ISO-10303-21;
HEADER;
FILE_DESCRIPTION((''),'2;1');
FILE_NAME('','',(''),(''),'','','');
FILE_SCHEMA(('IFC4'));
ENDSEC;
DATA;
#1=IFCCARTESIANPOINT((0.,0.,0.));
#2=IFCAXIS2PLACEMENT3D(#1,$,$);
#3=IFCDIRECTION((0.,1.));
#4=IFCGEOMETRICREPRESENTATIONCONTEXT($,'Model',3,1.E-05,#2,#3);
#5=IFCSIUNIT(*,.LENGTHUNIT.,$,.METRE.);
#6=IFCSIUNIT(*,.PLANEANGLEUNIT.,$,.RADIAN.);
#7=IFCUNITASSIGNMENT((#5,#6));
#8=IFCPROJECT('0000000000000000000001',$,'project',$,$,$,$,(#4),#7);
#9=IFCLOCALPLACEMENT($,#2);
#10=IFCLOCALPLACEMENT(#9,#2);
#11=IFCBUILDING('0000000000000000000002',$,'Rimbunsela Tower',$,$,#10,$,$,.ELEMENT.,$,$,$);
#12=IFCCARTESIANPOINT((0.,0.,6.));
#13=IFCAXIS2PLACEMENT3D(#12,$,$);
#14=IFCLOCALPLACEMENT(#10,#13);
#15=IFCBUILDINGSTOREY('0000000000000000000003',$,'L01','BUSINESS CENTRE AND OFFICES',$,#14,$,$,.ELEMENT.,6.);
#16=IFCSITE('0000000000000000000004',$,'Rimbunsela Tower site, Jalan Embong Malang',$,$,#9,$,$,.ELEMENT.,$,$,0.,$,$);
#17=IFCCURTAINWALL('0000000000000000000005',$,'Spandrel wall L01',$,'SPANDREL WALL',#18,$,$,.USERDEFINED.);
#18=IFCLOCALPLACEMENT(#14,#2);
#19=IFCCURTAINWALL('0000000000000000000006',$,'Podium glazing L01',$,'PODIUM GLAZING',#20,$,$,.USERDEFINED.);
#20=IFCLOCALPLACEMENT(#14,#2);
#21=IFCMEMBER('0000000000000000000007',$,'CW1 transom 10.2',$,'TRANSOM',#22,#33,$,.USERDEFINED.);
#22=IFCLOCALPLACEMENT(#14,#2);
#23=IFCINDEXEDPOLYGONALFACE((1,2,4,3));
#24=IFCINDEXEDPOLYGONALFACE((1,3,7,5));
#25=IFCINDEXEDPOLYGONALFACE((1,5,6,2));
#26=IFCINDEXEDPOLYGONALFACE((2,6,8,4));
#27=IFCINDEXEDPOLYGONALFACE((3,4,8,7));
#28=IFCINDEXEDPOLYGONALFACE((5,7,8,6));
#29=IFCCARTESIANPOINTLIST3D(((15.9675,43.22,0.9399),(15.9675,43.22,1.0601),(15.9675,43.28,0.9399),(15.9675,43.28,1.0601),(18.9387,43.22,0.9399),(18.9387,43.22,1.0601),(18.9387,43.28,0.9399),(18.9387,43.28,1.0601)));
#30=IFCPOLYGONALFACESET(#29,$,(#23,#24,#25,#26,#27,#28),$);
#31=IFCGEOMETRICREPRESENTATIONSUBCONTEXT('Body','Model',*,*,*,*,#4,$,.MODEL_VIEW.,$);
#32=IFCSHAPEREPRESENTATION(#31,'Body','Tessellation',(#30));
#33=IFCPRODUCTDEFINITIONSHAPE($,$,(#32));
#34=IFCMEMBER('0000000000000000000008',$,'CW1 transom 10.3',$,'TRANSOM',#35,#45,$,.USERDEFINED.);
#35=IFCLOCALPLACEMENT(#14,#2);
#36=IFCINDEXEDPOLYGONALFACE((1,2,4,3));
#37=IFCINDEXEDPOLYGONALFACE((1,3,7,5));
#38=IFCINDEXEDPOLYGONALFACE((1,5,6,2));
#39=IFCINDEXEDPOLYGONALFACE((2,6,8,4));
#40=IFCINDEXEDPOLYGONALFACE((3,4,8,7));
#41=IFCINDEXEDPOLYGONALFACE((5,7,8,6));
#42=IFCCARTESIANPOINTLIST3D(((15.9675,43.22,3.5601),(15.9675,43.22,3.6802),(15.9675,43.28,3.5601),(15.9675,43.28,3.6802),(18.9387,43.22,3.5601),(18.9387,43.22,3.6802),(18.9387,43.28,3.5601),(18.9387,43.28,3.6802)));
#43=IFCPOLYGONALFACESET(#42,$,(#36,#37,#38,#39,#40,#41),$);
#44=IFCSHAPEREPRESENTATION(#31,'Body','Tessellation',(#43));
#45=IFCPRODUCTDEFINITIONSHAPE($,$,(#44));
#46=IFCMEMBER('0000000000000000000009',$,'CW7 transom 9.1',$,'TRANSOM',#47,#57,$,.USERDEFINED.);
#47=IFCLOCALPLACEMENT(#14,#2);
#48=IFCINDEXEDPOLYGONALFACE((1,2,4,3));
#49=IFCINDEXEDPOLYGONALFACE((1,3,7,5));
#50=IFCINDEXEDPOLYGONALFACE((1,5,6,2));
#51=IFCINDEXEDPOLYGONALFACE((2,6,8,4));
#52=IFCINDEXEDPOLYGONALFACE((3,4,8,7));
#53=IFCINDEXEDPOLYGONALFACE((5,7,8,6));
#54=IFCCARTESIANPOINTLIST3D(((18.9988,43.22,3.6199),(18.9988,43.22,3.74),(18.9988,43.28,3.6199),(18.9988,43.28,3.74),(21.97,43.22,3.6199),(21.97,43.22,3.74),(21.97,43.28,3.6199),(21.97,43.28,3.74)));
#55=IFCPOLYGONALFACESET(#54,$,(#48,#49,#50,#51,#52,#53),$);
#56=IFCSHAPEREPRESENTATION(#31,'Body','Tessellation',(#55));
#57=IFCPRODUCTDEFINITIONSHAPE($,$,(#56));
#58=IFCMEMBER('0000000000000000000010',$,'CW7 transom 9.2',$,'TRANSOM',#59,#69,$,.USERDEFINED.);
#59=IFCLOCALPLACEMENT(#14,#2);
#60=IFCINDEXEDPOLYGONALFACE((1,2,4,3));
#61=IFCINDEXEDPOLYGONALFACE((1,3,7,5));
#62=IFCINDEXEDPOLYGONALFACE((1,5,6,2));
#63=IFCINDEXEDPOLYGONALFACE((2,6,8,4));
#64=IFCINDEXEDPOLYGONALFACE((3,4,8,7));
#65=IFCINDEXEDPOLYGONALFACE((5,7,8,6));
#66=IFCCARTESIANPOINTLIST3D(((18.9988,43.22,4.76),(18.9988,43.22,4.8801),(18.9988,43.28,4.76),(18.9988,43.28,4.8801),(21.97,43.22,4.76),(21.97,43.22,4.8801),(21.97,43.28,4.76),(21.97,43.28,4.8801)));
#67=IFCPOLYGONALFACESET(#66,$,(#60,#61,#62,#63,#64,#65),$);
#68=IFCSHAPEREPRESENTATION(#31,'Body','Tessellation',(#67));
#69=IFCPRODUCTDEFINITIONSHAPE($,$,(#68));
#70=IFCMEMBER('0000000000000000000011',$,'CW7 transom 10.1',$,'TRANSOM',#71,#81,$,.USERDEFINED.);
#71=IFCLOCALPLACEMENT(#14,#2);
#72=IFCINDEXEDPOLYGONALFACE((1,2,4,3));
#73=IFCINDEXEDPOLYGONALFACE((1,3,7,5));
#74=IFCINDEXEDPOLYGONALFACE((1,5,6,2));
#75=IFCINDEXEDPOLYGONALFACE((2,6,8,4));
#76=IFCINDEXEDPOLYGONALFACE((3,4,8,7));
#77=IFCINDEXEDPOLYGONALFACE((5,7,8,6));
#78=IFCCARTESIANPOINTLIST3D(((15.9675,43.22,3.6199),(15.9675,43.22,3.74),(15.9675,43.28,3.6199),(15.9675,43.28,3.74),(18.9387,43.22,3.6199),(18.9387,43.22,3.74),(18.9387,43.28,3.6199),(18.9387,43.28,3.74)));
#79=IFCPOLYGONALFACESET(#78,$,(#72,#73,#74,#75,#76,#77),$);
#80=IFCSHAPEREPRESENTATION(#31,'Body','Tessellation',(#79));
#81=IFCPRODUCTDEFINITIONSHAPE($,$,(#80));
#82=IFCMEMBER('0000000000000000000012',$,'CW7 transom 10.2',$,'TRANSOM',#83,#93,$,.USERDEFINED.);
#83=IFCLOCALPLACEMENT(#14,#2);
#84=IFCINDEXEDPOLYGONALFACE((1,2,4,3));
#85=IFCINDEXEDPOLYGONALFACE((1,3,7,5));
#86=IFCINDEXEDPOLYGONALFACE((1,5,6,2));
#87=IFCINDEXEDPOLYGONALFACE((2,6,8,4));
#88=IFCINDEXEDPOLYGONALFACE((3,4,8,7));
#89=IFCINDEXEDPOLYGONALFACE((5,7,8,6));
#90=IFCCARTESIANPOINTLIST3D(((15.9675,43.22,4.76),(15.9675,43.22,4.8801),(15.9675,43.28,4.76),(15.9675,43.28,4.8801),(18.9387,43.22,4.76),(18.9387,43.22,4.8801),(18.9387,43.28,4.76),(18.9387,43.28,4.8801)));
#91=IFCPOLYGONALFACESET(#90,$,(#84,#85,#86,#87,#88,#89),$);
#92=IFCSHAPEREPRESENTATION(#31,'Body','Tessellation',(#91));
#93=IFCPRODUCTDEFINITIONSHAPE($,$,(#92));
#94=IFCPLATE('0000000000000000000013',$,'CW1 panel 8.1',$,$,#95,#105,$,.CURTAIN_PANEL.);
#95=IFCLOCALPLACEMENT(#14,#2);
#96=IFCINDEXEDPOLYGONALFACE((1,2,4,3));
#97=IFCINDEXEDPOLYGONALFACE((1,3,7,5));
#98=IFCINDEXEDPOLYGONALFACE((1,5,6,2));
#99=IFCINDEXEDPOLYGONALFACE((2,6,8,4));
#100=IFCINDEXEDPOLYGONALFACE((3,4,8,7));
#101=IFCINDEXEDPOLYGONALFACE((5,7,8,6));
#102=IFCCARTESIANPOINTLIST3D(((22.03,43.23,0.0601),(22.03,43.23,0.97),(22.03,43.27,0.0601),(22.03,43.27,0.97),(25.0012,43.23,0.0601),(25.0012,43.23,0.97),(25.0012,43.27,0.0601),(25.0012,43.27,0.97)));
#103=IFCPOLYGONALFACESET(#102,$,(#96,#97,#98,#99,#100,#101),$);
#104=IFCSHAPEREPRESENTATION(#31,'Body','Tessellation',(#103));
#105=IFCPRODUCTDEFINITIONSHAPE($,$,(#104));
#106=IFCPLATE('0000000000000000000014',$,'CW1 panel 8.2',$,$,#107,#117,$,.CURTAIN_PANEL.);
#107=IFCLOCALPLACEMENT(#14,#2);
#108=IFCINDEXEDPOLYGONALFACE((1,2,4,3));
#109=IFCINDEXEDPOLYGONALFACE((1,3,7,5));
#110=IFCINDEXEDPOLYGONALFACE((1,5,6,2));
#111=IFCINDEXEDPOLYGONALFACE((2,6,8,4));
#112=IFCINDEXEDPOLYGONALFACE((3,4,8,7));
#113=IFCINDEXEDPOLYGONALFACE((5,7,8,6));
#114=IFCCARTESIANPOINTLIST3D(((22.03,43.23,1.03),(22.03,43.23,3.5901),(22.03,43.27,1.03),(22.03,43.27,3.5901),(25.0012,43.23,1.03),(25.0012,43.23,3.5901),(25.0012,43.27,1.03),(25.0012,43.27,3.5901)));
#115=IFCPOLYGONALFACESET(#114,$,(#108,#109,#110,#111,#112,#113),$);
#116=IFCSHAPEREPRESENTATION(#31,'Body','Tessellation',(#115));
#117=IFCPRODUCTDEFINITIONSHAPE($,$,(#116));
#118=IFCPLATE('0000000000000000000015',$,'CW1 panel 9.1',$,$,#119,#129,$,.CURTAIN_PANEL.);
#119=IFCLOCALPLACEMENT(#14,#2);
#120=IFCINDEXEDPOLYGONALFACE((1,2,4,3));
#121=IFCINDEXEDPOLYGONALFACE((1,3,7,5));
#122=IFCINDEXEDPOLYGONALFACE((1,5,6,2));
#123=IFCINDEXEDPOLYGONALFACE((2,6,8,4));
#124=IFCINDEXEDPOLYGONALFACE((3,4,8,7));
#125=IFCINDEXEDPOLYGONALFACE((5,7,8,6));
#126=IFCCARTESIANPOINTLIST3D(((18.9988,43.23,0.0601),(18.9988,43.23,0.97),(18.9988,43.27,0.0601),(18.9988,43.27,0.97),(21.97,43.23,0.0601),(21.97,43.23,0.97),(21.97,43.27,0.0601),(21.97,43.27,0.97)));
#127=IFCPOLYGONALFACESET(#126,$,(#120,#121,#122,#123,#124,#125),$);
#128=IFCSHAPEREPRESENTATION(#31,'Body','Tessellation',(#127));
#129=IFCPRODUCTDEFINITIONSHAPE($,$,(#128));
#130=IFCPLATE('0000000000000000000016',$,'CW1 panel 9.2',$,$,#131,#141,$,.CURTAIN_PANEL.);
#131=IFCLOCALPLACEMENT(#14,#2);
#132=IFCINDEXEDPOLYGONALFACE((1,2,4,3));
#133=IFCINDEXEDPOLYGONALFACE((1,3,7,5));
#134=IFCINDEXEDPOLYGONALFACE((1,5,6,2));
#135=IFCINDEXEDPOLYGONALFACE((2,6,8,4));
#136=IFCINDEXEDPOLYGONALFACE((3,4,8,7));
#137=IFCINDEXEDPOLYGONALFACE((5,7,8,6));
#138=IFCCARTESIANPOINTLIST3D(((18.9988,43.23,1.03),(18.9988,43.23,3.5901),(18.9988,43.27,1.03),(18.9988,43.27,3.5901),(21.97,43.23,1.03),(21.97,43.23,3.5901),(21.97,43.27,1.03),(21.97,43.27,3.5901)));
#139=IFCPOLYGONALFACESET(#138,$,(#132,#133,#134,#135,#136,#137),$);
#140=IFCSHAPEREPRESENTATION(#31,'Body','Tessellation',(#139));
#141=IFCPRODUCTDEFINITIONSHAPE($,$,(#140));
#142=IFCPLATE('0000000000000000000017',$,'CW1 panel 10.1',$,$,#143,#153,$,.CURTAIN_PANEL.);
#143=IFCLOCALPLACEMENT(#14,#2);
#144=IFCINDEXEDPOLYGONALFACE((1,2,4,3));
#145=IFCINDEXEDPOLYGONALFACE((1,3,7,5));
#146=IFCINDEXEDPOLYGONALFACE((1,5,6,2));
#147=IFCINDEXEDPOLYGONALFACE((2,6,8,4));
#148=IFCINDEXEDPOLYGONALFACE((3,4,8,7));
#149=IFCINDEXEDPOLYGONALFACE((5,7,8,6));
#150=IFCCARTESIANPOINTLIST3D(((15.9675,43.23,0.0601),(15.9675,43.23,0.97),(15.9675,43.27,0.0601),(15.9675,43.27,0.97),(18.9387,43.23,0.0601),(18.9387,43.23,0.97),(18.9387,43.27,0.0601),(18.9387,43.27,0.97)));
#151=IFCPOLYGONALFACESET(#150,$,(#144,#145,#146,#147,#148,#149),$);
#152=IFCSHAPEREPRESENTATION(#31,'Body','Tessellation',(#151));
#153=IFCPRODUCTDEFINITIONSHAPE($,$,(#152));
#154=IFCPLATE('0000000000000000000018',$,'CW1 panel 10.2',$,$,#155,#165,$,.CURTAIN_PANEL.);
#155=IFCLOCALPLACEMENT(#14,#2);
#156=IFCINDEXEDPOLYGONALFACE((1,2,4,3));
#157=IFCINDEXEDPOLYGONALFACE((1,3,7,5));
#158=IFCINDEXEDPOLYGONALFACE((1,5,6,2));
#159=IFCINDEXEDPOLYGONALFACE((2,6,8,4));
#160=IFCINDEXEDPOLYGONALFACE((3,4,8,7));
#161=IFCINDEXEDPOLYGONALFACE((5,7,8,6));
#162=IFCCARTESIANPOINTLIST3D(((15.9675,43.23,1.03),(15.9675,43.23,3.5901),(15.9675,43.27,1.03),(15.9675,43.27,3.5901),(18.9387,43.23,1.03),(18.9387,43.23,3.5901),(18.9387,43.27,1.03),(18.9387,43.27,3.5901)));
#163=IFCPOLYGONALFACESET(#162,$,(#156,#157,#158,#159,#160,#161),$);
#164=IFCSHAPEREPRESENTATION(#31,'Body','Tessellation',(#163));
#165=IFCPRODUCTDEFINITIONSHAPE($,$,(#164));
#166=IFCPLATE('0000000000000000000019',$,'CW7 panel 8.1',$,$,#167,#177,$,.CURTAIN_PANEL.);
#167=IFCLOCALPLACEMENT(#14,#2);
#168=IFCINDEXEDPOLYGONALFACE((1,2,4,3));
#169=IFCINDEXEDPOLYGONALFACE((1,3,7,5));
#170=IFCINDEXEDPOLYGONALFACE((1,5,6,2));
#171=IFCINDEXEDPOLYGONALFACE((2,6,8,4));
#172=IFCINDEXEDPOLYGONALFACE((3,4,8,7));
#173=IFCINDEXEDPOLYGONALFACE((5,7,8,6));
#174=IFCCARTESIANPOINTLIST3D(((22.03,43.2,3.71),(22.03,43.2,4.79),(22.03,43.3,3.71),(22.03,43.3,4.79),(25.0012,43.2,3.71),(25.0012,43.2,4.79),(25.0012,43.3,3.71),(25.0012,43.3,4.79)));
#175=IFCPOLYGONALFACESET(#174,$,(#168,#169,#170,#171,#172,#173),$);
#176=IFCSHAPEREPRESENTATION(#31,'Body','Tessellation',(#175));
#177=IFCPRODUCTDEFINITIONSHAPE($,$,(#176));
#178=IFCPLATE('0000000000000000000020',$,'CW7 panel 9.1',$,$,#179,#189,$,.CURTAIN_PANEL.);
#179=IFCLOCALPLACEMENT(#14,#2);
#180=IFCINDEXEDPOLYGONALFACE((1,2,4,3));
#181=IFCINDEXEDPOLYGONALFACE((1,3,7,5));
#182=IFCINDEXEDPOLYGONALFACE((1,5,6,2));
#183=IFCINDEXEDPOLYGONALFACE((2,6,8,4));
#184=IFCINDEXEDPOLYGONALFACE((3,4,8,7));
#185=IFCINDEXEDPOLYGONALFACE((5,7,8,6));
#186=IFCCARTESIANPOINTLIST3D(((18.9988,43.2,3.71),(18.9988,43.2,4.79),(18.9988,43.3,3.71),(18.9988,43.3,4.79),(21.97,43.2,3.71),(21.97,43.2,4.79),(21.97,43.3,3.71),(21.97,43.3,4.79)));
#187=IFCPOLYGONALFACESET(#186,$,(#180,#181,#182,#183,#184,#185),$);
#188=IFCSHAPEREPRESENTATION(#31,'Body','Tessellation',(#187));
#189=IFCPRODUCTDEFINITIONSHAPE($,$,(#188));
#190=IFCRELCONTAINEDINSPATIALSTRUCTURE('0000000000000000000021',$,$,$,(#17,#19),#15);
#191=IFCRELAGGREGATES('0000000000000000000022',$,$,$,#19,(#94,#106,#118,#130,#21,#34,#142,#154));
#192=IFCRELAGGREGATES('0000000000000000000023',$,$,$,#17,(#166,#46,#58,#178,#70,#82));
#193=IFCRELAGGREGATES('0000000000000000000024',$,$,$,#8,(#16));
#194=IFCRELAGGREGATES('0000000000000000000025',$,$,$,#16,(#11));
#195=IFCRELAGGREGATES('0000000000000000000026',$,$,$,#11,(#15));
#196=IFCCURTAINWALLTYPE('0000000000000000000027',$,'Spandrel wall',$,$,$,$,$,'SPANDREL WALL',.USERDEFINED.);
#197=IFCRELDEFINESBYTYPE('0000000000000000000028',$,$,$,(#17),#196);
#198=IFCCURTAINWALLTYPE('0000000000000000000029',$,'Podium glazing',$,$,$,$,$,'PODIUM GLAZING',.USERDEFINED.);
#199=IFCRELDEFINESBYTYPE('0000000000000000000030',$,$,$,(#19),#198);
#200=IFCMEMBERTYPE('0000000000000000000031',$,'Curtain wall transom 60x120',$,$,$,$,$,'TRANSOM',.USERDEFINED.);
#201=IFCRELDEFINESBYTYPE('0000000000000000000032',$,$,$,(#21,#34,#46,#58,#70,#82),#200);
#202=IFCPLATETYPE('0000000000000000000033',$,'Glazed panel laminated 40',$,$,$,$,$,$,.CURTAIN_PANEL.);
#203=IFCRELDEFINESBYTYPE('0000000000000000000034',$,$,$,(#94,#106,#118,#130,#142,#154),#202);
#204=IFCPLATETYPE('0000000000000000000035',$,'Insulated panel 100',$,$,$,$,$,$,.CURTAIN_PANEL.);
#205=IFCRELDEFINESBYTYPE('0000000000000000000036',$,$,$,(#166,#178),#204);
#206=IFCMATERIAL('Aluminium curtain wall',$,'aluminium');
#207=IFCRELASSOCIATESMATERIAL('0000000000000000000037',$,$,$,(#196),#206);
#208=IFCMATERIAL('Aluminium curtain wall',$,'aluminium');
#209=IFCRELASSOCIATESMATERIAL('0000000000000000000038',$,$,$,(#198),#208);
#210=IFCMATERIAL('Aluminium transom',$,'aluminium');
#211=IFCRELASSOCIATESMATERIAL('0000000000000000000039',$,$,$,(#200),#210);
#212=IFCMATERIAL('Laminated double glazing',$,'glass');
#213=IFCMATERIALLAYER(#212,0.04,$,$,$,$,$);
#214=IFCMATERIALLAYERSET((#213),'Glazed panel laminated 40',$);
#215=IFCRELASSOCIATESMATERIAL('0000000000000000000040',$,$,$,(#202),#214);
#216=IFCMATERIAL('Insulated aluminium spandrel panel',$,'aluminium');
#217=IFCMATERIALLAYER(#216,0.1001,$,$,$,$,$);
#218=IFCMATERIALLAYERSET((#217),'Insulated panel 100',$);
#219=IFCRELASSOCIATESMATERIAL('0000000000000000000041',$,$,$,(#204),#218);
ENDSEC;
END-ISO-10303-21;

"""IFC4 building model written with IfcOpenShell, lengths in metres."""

from ifc_helpers import new_model, si_unit, direction, frame, origin, origin_2d, place, context, subcontext, project, spatial, rectangle, extrude, material, layer, layer_set, material_profile, profile_set, type_object, element, aggregate, save


model = new_model("IFC4")

# Units and contexts
model_context = context("Model", 3, precision=1e-05, world=origin(), true_north=direction((0.0, 1.0)))
body_context = subcontext(model_context, "Body", "Model", "MODEL_VIEW")
ifc_project = project(units=[si_unit("LENGTHUNIT", "METRE"), si_unit("PLANEANGLEUNIT", "RADIAN")], contexts=[model_context])

# Site, building, storey
site_placement = place(None, origin())
site = spatial("IfcSite", under=ifc_project, at=site_placement, Name="Rimbunsela Tower site, Jalan Embong Malang", CompositionType="ELEMENT", RefElevation=0.0)
building_placement = place(site_placement, origin())
building = spatial("IfcBuilding", under=site, at=building_placement, Name="Rimbunsela Tower", CompositionType="ELEMENT")
storey_placement = place(building_placement, frame((0.0, 0.0, 6.0)))
storey = spatial("IfcBuildingStorey", under=building, at=storey_placement, Name="L01", Description="BUSINESS CENTRE AND OFFICES", CompositionType="ELEMENT", Elevation=6.0)

# Curtain walls, members
ifc_material_1 = material(Name="Aluminium curtain wall", Category="aluminium")
curtain_wall_type_1 = type_object("IfcCurtainWallType", Name="Spandrel wall", ElementType="SPANDREL WALL", PredefinedType="USERDEFINED", material=ifc_material_1)
curtain_wall_1_placement = place(storey_placement, origin())
curtain_wall_1 = element("IfcCurtainWall", 1, at=curtain_wall_1_placement, inside=storey, type_object=curtain_wall_type_1, Name="Spandrel wall L01", ObjectType="SPANDREL WALL", PredefinedType="USERDEFINED")
ifc_material_2 = material(Name="Aluminium curtain wall", Category="aluminium")
curtain_wall_type_2 = type_object("IfcCurtainWallType", Name="Podium glazing", ElementType="PODIUM GLAZING", PredefinedType="USERDEFINED", material=ifc_material_2)
curtain_wall_2_placement = place(storey_placement, origin())
curtain_wall_2 = element("IfcCurtainWall", 2, at=curtain_wall_2_placement, inside=storey, type_object=curtain_wall_type_2, Name="Podium glazing L01", ObjectType="PODIUM GLAZING", PredefinedType="USERDEFINED")
ifc_material_3 = material(Name="Aluminium transom", Category="aluminium")
ifc_material_profile_1 = material_profile(ifc_material_3, rectangle(XDim=0.0601, YDim=0.1201, at=origin_2d()), Name="Transom 60x120")
ifc_profile_set_1 = profile_set([ifc_material_profile_1], Name="Aluminium transom")
member_type_1 = type_object("IfcMemberType", Name="Curtain wall transom 60x120", ElementType="TRANSOM", PredefinedType="USERDEFINED", material=ifc_profile_set_1)
member_1_placement = place(storey_placement, frame((18.9387, 43.25, 1.0), z_axis=(-1.0, 0.0, 0.0), x_axis=(0.0, -1.0, 0.0)))
member_1 = element("IfcMember", 3, at=member_1_placement, type_object=member_type_1, Name="CW1 transom 10.2", ObjectType="TRANSOM", PredefinedType="USERDEFINED", context=body_context, shape_type="SweptSolid", body=[
    extrude(rectangle(XDim=0.0601, YDim=0.1201, at=origin_2d()), origin(), (0.0, 0.0, 1.0), 2.9712),
])
member_2_placement = place(storey_placement, frame((18.9387, 43.25, 3.6201), z_axis=(-1.0, 0.0, 0.0), x_axis=(0.0, -1.0, 0.0)))
member_2 = element("IfcMember", 4, at=member_2_placement, type_object=member_type_1, Name="CW1 transom 10.3", ObjectType="TRANSOM", PredefinedType="USERDEFINED", context=body_context, shape_type="SweptSolid", body=[
    extrude(rectangle(XDim=0.0601, YDim=0.1201, at=origin_2d()), origin(), (0.0, 0.0, 1.0), 2.9712),
])

# Members
member_3_placement = place(storey_placement, frame((21.97, 43.25, 3.6799), z_axis=(-1.0, 0.0, 0.0), x_axis=(0.0, -1.0, 0.0)))
member_3 = element("IfcMember", 5, at=member_3_placement, type_object=member_type_1, Name="CW7 transom 9.1", ObjectType="TRANSOM", PredefinedType="USERDEFINED", context=body_context, shape_type="SweptSolid", body=[
    extrude(rectangle(XDim=0.0601, YDim=0.1201, at=origin_2d()), origin(), (0.0, 0.0, 1.0), 2.9712),
])
member_4_placement = place(storey_placement, frame((21.97, 43.25, 4.8201), z_axis=(-1.0, 0.0, 0.0), x_axis=(0.0, -1.0, 0.0)))
member_4 = element("IfcMember", 6, at=member_4_placement, type_object=member_type_1, Name="CW7 transom 9.2", ObjectType="TRANSOM", PredefinedType="USERDEFINED", context=body_context, shape_type="SweptSolid", body=[
    extrude(rectangle(XDim=0.0601, YDim=0.1201, at=origin_2d()), origin(), (0.0, 0.0, 1.0), 2.9712),
])
member_5_placement = place(storey_placement, frame((18.9387, 43.25, 3.6799), z_axis=(-1.0, 0.0, 0.0), x_axis=(0.0, -1.0, 0.0)))
member_5 = element("IfcMember", 7, at=member_5_placement, type_object=member_type_1, Name="CW7 transom 10.1", ObjectType="TRANSOM", PredefinedType="USERDEFINED", context=body_context, shape_type="SweptSolid", body=[
    extrude(rectangle(XDim=0.0601, YDim=0.1201, at=origin_2d()), origin(), (0.0, 0.0, 1.0), 2.9712),
])
member_6_placement = place(storey_placement, frame((18.9387, 43.25, 4.8201), z_axis=(-1.0, 0.0, 0.0), x_axis=(0.0, -1.0, 0.0)))
member_6 = element("IfcMember", 8, at=member_6_placement, type_object=member_type_1, Name="CW7 transom 10.2", ObjectType="TRANSOM", PredefinedType="USERDEFINED", context=body_context, shape_type="SweptSolid", body=[
    extrude(rectangle(XDim=0.0601, YDim=0.1201, at=origin_2d()), origin(), (0.0, 0.0, 1.0), 2.9712),
])

# Plates
ifc_material_4 = material(Name="Laminated double glazing", Category="glass")
ifc_layer_1 = layer(ifc_material_4, 0.04)
ifc_layer_set_1 = layer_set([ifc_layer_1], Name="Glazed panel laminated 40")
plate_type_1 = type_object("IfcPlateType", Name="Glazed panel laminated 40", PredefinedType="CURTAIN_PANEL", material=ifc_layer_set_1)
plate_1_placement = place(storey_placement, frame((23.5156, 43.25, 0.0601), z_axis=(0.0, 0.0, 1.0), x_axis=(-1.0, 0.0, 0.0)))
plate_1 = element("IfcPlate", 9, at=plate_1_placement, type_object=plate_type_1, Name="CW1 panel 8.1", PredefinedType="CURTAIN_PANEL", context=body_context, shape_type="SweptSolid", body=[
    extrude(rectangle(XDim=2.9712, YDim=0.04, at=origin_2d()), origin(), (0.0, 0.0, 1.0), 0.9099),
])
plate_2_placement = place(storey_placement, frame((23.5156, 43.25, 1.03), z_axis=(0.0, 0.0, 1.0), x_axis=(-1.0, 0.0, 0.0)))
plate_2 = element("IfcPlate", 10, at=plate_2_placement, type_object=plate_type_1, Name="CW1 panel 8.2", PredefinedType="CURTAIN_PANEL", context=body_context, shape_type="SweptSolid", body=[
    extrude(rectangle(XDim=2.9712, YDim=0.04, at=origin_2d()), origin(), (0.0, 0.0, 1.0), 2.5601),
])
plate_3_placement = place(storey_placement, frame((20.4844, 43.25, 0.0601), z_axis=(0.0, 0.0, 1.0), x_axis=(-1.0, 0.0, 0.0)))
plate_3 = element("IfcPlate", 11, at=plate_3_placement, type_object=plate_type_1, Name="CW1 panel 9.1", PredefinedType="CURTAIN_PANEL", context=body_context, shape_type="SweptSolid", body=[
    extrude(rectangle(XDim=2.9712, YDim=0.04, at=origin_2d()), origin(), (0.0, 0.0, 1.0), 0.9099),
])
plate_4_placement = place(storey_placement, frame((20.4844, 43.25, 1.03), z_axis=(0.0, 0.0, 1.0), x_axis=(-1.0, 0.0, 0.0)))
plate_4 = element("IfcPlate", 12, at=plate_4_placement, type_object=plate_type_1, Name="CW1 panel 9.2", PredefinedType="CURTAIN_PANEL", context=body_context, shape_type="SweptSolid", body=[
    extrude(rectangle(XDim=2.9712, YDim=0.04, at=origin_2d()), origin(), (0.0, 0.0, 1.0), 2.5601),
])
plate_5_placement = place(storey_placement, frame((17.4531, 43.25, 0.0601), z_axis=(0.0, 0.0, 1.0), x_axis=(-1.0, 0.0, 0.0)))
plate_5 = element("IfcPlate", 13, at=plate_5_placement, type_object=plate_type_1, Name="CW1 panel 10.1", PredefinedType="CURTAIN_PANEL", context=body_context, shape_type="SweptSolid", body=[
    extrude(rectangle(XDim=2.9712, YDim=0.04, at=origin_2d()), origin(), (0.0, 0.0, 1.0), 0.9099),
])
plate_6_placement = place(storey_placement, frame((17.4531, 43.25, 1.03), z_axis=(0.0, 0.0, 1.0), x_axis=(-1.0, 0.0, 0.0)))
plate_6 = element("IfcPlate", 14, at=plate_6_placement, type_object=plate_type_1, Name="CW1 panel 10.2", PredefinedType="CURTAIN_PANEL", context=body_context, shape_type="SweptSolid", body=[
    extrude(rectangle(XDim=2.9712, YDim=0.04, at=origin_2d()), origin(), (0.0, 0.0, 1.0), 2.5601),
])
aggregate(curtain_wall_2, [plate_1, plate_2, plate_3, plate_4, member_1, member_2, plate_5, plate_6])
ifc_material_5 = material(Name="Insulated aluminium spandrel panel", Category="aluminium")
ifc_layer_2 = layer(ifc_material_5, 0.1001)
ifc_layer_set_2 = layer_set([ifc_layer_2], Name="Insulated panel 100")
plate_type_2 = type_object("IfcPlateType", Name="Insulated panel 100", PredefinedType="CURTAIN_PANEL", material=ifc_layer_set_2)
plate_7_placement = place(storey_placement, frame((23.5156, 43.25, 3.71), z_axis=(0.0, 0.0, 1.0), x_axis=(-1.0, 0.0, 0.0)))
plate_7 = element("IfcPlate", 15, at=plate_7_placement, type_object=plate_type_2, Name="CW7 panel 8.1", PredefinedType="CURTAIN_PANEL", context=body_context, shape_type="SweptSolid", body=[
    extrude(rectangle(XDim=2.9712, YDim=0.1001, at=origin_2d()), origin(), (0.0, 0.0, 1.0), 1.0801),
])
plate_8_placement = place(storey_placement, frame((20.4844, 43.25, 3.71), z_axis=(0.0, 0.0, 1.0), x_axis=(-1.0, 0.0, 0.0)))
plate_8 = element("IfcPlate", 16, at=plate_8_placement, type_object=plate_type_2, Name="CW7 panel 9.1", PredefinedType="CURTAIN_PANEL", context=body_context, shape_type="SweptSolid", body=[
    extrude(rectangle(XDim=2.9712, YDim=0.1001, at=origin_2d()), origin(), (0.0, 0.0, 1.0), 1.0801),
])
aggregate(curtain_wall_1, [plate_7, member_3, member_4, plate_8, member_5, member_6])

save(model, "model.ifc")
